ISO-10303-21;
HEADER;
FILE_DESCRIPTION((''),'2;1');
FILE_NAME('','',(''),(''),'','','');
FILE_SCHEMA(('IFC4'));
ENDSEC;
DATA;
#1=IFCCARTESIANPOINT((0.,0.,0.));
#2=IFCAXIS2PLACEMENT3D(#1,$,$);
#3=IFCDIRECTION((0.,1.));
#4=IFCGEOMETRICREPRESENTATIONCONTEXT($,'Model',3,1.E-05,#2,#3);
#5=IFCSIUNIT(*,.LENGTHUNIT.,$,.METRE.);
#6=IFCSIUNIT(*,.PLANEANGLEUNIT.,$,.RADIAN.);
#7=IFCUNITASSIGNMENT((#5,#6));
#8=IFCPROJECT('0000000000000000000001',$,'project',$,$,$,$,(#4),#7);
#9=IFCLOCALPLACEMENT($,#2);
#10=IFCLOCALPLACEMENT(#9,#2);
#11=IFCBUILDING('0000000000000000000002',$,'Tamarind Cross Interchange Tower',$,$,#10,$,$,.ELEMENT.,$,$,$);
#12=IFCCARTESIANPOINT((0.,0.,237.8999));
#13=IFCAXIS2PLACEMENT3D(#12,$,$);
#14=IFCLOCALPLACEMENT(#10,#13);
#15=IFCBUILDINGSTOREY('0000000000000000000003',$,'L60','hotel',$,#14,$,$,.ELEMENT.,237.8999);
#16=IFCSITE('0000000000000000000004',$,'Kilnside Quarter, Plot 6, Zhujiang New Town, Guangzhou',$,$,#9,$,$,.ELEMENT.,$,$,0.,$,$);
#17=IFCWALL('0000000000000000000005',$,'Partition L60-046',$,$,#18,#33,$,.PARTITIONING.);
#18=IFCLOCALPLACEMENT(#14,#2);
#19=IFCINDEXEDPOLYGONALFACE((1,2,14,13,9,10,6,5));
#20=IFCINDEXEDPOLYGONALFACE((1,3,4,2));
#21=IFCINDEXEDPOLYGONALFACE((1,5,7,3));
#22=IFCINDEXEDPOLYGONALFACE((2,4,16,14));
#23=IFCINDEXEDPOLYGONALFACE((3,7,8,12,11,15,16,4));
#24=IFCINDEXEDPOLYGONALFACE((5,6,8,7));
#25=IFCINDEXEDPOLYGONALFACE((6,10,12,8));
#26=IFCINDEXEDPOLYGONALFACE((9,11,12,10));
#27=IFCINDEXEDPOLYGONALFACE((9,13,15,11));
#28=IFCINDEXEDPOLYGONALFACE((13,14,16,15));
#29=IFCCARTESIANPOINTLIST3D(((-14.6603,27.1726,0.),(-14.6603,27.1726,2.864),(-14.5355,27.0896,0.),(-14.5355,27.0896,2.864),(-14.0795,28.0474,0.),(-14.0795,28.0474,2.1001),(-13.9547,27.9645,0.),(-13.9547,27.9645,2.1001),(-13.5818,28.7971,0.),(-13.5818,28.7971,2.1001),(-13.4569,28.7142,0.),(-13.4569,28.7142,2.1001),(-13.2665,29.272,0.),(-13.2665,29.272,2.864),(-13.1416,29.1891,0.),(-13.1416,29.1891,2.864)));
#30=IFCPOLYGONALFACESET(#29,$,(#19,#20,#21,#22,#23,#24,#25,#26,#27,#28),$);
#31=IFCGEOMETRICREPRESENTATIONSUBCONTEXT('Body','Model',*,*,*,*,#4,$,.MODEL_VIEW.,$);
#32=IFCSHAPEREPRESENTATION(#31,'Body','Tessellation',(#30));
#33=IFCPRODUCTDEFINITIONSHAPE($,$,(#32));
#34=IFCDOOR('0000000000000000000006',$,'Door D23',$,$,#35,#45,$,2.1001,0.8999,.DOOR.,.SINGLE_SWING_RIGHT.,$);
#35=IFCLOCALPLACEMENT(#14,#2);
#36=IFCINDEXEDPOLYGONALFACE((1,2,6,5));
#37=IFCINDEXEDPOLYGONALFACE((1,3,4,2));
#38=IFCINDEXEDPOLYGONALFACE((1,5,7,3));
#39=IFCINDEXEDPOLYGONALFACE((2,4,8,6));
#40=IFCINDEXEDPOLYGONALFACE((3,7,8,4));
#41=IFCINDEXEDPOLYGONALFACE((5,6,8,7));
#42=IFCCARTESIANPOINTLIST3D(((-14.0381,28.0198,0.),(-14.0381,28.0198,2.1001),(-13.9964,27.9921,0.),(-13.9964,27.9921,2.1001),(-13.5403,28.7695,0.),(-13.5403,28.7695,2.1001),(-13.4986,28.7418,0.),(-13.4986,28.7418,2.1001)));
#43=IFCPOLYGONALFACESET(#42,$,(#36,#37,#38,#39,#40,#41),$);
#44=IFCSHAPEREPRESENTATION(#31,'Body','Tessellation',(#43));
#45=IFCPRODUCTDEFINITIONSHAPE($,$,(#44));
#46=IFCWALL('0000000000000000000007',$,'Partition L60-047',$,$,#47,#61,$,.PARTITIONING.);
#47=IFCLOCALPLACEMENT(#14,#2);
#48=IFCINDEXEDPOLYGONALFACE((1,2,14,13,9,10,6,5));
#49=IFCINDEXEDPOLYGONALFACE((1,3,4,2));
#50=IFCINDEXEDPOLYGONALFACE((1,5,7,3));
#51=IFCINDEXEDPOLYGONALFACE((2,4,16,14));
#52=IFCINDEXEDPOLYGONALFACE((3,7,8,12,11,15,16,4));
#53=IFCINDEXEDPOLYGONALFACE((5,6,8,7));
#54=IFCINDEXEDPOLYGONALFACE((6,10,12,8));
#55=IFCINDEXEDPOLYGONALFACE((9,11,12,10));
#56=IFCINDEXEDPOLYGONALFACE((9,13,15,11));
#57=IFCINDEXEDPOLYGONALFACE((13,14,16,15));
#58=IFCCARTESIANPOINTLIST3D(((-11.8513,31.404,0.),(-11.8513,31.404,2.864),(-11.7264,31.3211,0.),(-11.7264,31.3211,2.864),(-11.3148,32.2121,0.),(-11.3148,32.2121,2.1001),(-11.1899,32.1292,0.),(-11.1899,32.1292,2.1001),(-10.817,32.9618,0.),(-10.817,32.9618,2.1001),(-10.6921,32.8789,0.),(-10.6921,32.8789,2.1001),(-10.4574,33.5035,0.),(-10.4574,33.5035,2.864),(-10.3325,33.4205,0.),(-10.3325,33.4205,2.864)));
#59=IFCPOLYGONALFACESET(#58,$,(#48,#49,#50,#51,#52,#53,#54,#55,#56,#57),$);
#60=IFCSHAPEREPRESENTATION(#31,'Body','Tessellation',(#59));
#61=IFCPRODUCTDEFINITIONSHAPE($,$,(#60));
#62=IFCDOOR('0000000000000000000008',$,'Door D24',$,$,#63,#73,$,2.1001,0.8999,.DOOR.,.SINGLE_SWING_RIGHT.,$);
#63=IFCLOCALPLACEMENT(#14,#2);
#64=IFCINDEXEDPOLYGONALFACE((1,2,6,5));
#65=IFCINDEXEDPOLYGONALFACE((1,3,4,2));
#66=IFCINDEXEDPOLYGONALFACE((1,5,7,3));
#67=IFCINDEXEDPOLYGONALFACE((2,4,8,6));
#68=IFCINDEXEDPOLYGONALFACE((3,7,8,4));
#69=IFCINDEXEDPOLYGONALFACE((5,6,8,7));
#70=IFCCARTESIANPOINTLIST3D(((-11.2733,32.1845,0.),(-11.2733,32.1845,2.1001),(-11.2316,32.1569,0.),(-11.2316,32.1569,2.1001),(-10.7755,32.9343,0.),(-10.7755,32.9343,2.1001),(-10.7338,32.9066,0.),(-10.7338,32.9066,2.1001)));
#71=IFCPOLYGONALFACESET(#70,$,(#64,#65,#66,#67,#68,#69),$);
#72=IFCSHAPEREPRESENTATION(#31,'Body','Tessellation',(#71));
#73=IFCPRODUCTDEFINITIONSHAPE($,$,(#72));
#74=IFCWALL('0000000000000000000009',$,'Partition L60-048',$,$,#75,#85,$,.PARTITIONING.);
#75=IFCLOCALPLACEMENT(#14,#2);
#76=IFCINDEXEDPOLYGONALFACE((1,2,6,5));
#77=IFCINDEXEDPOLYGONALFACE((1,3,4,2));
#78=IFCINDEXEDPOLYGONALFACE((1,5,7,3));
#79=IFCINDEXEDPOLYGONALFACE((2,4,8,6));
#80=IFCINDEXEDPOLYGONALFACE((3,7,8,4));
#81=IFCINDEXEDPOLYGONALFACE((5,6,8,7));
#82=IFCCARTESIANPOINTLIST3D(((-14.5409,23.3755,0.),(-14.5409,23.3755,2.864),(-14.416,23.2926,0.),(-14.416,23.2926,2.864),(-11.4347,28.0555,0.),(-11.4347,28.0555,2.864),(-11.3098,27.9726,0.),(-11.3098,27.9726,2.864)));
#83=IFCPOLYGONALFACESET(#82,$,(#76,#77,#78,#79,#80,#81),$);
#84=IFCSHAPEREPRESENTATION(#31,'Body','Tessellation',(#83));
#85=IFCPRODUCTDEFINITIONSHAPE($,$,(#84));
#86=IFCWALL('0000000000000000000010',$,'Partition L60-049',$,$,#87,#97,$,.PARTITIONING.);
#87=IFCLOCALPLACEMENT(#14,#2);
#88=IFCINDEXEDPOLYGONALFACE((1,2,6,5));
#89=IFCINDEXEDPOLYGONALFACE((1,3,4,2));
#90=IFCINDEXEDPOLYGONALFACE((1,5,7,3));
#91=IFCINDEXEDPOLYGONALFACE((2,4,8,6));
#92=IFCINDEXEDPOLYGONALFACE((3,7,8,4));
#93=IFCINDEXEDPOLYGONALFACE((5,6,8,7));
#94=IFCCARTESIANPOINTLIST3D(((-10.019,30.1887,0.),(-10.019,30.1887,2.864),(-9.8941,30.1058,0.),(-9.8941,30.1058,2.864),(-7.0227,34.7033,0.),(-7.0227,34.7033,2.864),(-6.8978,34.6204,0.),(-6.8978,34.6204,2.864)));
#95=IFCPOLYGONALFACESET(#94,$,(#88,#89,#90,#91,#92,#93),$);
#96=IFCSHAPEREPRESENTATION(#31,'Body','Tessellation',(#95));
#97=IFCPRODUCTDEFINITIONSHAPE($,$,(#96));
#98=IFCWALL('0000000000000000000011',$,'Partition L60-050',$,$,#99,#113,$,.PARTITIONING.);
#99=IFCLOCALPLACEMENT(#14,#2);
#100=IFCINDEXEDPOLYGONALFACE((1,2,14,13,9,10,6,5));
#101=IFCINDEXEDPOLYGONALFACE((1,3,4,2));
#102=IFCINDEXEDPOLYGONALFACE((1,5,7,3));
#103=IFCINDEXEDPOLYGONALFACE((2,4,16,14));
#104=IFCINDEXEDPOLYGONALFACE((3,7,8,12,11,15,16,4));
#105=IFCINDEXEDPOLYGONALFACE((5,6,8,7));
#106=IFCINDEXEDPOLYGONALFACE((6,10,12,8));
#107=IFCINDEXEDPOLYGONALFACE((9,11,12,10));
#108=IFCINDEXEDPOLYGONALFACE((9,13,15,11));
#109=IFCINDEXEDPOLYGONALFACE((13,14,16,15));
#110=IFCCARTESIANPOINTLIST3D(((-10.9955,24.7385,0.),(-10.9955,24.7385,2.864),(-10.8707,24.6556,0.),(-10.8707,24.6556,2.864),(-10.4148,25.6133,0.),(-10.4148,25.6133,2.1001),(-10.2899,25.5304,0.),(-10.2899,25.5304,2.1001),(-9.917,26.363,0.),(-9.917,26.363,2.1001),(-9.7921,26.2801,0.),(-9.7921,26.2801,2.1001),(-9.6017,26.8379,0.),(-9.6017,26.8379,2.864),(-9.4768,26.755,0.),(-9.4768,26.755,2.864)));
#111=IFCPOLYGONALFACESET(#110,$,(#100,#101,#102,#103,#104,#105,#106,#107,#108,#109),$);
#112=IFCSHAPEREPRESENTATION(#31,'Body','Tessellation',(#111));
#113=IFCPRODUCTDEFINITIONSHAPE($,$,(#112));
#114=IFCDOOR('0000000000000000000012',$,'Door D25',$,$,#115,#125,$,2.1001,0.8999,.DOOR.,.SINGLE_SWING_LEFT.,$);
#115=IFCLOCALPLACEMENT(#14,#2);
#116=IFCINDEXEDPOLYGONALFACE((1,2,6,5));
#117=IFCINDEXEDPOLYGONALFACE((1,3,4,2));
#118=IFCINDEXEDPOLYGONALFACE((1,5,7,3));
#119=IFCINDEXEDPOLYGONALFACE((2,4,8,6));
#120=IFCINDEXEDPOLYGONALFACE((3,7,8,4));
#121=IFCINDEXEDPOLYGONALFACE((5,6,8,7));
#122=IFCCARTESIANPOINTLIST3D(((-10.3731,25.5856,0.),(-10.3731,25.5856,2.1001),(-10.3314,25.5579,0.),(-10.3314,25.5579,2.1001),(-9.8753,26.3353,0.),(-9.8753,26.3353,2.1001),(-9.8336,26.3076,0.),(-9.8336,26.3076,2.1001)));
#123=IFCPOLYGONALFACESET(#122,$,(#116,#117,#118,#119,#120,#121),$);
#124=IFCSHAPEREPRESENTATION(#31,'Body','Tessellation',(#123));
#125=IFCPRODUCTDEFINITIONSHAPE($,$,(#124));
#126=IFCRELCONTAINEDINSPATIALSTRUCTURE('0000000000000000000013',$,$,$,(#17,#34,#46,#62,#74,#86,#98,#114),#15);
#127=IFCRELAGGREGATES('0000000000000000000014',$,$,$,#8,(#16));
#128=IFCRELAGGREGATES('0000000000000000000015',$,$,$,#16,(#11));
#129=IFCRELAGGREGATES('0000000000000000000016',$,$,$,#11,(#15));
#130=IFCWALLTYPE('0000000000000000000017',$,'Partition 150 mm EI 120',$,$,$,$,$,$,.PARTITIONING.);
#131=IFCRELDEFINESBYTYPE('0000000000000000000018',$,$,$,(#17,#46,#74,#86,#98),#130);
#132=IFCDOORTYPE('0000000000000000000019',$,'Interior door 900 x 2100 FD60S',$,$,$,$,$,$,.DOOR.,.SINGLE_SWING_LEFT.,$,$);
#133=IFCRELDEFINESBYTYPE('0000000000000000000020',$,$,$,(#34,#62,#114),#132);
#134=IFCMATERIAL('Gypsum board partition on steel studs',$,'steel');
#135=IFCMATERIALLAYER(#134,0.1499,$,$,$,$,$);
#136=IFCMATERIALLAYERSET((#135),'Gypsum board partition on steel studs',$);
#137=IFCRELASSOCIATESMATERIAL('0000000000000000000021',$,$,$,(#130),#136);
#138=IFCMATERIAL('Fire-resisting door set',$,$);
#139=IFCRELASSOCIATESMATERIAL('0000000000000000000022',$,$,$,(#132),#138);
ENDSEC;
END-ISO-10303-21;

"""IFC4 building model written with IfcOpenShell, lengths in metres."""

from ifc_helpers import new_model, si_unit, direction, frame, frame_2d, origin, place, context, subcontext, project, spatial, rectangle, extrude, material, layer, layer_set, type_object, element, fill, save


model = new_model("IFC4")

# Units and contexts
model_context = context("Model", 3, precision=1e-05, world=origin(), true_north=direction((0.0, 1.0)))
body_context = subcontext(model_context, "Body", "Model", "MODEL_VIEW")
ifc_project = project(units=[si_unit("LENGTHUNIT", "METRE"), si_unit("PLANEANGLEUNIT", "RADIAN")], contexts=[model_context])

# Site, building, storey
site_placement = place(None, origin())
site = spatial("IfcSite", under=ifc_project, at=site_placement, Name="Kilnside Quarter, Plot 6, Zhujiang New Town, Guangzhou", CompositionType="ELEMENT", RefElevation=0.0)
building_placement = place(site_placement, origin())
building = spatial("IfcBuilding", under=site, at=building_placement, Name="Tamarind Cross Interchange Tower", CompositionType="ELEMENT")
storey_placement = place(building_placement, frame((0.0, 0.0, 237.8999)))
storey = spatial("IfcBuildingStorey", under=building, at=storey_placement, Name="L60", Description="hotel", CompositionType="ELEMENT", Elevation=237.8999)

# Shared definitions
ifc_material_1 = material(Name="Gypsum board partition on steel studs", Category="steel")
ifc_layer_1 = layer(ifc_material_1, 0.1499)
ifc_layer_set_1 = layer_set([ifc_layer_1], Name="Gypsum board partition on steel studs")
wall_type = type_object("IfcWallType", Name="Partition 150 mm EI 120", PredefinedType="PARTITIONING", material=ifc_layer_set_1)
ifc_material_2 = material(Name="Fire-resisting door set")
door_type_1 = type_object("IfcDoorType", Name="Interior door 900 x 2100 FD60S", OperationType="SINGLE_SWING_LEFT", PredefinedType="DOOR", material=ifc_material_2)

# Walls, openings, doors
wall_1_placement = place(storey_placement, frame((-14.5979, 27.1311, 0.0), z_axis=(0.0, 0.0, 1.0), x_axis=(0.553112, 0.833107, 0.0)))
wall_1 = element("IfcWall", 1, at=wall_1_placement, inside=storey, type_object=wall_type, Name="Partition L60-046", PredefinedType="PARTITIONING", context=body_context, shape_type="SweptSolid", body=[
    extrude(rectangle(XDim=2.52, YDim=0.1499, at=frame_2d((1.26, 0.0))), origin(), (0.0, 0.0, 1.0), 2.864),
])
opening_1_placement = place(wall_1_placement, frame((1.05, 0.0, 0.0)))
opening_1 = element("IfcOpeningElement", 2, at=opening_1_placement, cuts=wall_1, PredefinedType="OPENING", context=body_context, shape_type="SweptSolid", body=[
    extrude(rectangle(XDim=0.8999, YDim=2.1001, at=frame_2d((0.45, 1.05))), frame((0.0, 0.085, 0.0), z_axis=(0.0, -1.0, 0.0), x_axis=(1.0, 0.0, 0.0)), (0.0, 0.0, 1.0), 0.1699),
])
door_1_placement = place(opening_1_placement, frame((0.8999, 0.0, 0.0), z_axis=(0.0, 0.0, 1.0), x_axis=(-1.0, 0.0, 0.0)))
door_1 = element("IfcDoor", 3, at=door_1_placement, inside=storey, type_object=door_type_1, Name="Door D23", OperationType="SINGLE_SWING_RIGHT", OverallHeight=2.1001, OverallWidth=0.8999, PredefinedType="DOOR", context=body_context, shape_type="SweptSolid", body=[
    extrude(rectangle(XDim=0.8999, YDim=2.1001, at=frame_2d((0.45, 1.05))), frame((0.0, 0.0249, 0.0), z_axis=(0.0, -1.0, 0.0), x_axis=(1.0, 0.0, 0.0)), (0.0, 0.0, 1.0), 0.05),
])
fill(opening_1, door_1)
wall_2_placement = place(storey_placement, frame((-11.7888, 31.3625, 0.0), z_axis=(0.0, 0.0, 1.0), x_axis=(0.553112, 0.833107, 0.0)))
wall_2 = element("IfcWall", 4, at=wall_2_placement, inside=storey, type_object=wall_type, Name="Partition L60-047", PredefinedType="PARTITIONING", context=body_context, shape_type="SweptSolid", body=[
    extrude(rectangle(XDim=2.52, YDim=0.1499, at=frame_2d((1.26, 0.0))), origin(), (0.0, 0.0, 1.0), 2.864),
])
opening_2_placement = place(wall_2_placement, frame((0.97, 0.0, 0.0)))
opening_2 = element("IfcOpeningElement", 5, at=opening_2_placement, cuts=wall_2, PredefinedType="OPENING", context=body_context, shape_type="SweptSolid", body=[
    extrude(rectangle(XDim=0.8999, YDim=2.1001, at=frame_2d((0.45, 1.05))), frame((0.0, 0.085, 0.0), z_axis=(0.0, -1.0, 0.0), x_axis=(1.0, 0.0, 0.0)), (0.0, 0.0, 1.0), 0.1699),
])
door_2_placement = place(opening_2_placement, frame((0.8999, 0.0, 0.0), z_axis=(0.0, 0.0, 1.0), x_axis=(-1.0, 0.0, 0.0)))
door_2 = element("IfcDoor", 6, at=door_2_placement, inside=storey, type_object=door_type_1, Name="Door D24", OperationType="SINGLE_SWING_RIGHT", OverallHeight=2.1001, OverallWidth=0.8999, PredefinedType="DOOR", context=body_context, shape_type="SweptSolid", body=[
    extrude(rectangle(XDim=0.8999, YDim=2.1001, at=frame_2d((0.45, 1.05))), frame((0.0, 0.0249, 0.0), z_axis=(0.0, -1.0, 0.0), x_axis=(1.0, 0.0, 0.0)), (0.0, 0.0, 1.0), 0.05),
])
fill(opening_2, door_2)

# Walls
wall_3_placement = place(storey_placement, frame((-14.4785, 23.334, 0.0), z_axis=(0.0, 0.0, 1.0), x_axis=(0.553004, 0.833179, 0.0)))
element("IfcWall", 7, at=wall_3_placement, inside=storey, type_object=wall_type, Name="Partition L60-048", PredefinedType="PARTITIONING", context=body_context, shape_type="SweptSolid", body=[
    extrude(rectangle(XDim=5.6169, YDim=0.1499, at=frame_2d((2.8086, 0.0))), origin(), (0.0, 0.0, 1.0), 2.864),
])
wall_4_placement = place(storey_placement, frame((-9.9565, 30.1472, 0.0), z_axis=(0.0, 0.0, 1.0), x_axis=(0.552983, 0.833192, 0.0)))
element("IfcWall", 8, at=wall_4_placement, inside=storey, type_object=wall_type, Name="Partition L60-049", PredefinedType="PARTITIONING", context=body_context, shape_type="SweptSolid", body=[
    extrude(rectangle(XDim=5.4185, YDim=0.1499, at=frame_2d((2.7092, 0.0))), origin(), (0.0, 0.0, 1.0), 2.864),
])

# Wall, opening, door
wall_5_placement = place(storey_placement, frame((-10.9331, 24.697, 0.0), z_axis=(0.0, 0.0, 1.0), x_axis=(0.553112, 0.833107, 0.0)))
wall_5 = element("IfcWall", 9, at=wall_5_placement, inside=storey, type_object=wall_type, Name="Partition L60-050", PredefinedType="PARTITIONING", context=body_context, shape_type="SweptSolid", body=[
    extrude(rectangle(XDim=2.52, YDim=0.1499, at=frame_2d((1.26, 0.0))), origin(), (0.0, 0.0, 1.0), 2.864),
])
opening_3_placement = place(wall_5_placement, frame((1.05, 0.0, 0.0)))
opening_3 = element("IfcOpeningElement", 10, at=opening_3_placement, cuts=wall_5, PredefinedType="OPENING", context=body_context, shape_type="SweptSolid", body=[
    extrude(rectangle(XDim=0.8999, YDim=2.1001, at=frame_2d((0.45, 1.05))), frame((0.0, 0.085, 0.0), z_axis=(0.0, -1.0, 0.0), x_axis=(1.0, 0.0, 0.0)), (0.0, 0.0, 1.0), 0.1699),
])
door_3_placement = place(opening_3_placement, origin())
door_3 = element("IfcDoor", 11, at=door_3_placement, inside=storey, type_object=door_type_1, Name="Door D25", OperationType="SINGLE_SWING_LEFT", OverallHeight=2.1001, OverallWidth=0.8999, PredefinedType="DOOR", context=body_context, shape_type="SweptSolid", body=[
    extrude(rectangle(XDim=0.8999, YDim=2.1001, at=frame_2d((0.45, 1.05))), frame((0.0, 0.0249, 0.0), z_axis=(0.0, -1.0, 0.0), x_axis=(1.0, 0.0, 0.0)), (0.0, 0.0, 1.0), 0.05),
])
fill(opening_3, door_3)

save(model, "model.ifc")
